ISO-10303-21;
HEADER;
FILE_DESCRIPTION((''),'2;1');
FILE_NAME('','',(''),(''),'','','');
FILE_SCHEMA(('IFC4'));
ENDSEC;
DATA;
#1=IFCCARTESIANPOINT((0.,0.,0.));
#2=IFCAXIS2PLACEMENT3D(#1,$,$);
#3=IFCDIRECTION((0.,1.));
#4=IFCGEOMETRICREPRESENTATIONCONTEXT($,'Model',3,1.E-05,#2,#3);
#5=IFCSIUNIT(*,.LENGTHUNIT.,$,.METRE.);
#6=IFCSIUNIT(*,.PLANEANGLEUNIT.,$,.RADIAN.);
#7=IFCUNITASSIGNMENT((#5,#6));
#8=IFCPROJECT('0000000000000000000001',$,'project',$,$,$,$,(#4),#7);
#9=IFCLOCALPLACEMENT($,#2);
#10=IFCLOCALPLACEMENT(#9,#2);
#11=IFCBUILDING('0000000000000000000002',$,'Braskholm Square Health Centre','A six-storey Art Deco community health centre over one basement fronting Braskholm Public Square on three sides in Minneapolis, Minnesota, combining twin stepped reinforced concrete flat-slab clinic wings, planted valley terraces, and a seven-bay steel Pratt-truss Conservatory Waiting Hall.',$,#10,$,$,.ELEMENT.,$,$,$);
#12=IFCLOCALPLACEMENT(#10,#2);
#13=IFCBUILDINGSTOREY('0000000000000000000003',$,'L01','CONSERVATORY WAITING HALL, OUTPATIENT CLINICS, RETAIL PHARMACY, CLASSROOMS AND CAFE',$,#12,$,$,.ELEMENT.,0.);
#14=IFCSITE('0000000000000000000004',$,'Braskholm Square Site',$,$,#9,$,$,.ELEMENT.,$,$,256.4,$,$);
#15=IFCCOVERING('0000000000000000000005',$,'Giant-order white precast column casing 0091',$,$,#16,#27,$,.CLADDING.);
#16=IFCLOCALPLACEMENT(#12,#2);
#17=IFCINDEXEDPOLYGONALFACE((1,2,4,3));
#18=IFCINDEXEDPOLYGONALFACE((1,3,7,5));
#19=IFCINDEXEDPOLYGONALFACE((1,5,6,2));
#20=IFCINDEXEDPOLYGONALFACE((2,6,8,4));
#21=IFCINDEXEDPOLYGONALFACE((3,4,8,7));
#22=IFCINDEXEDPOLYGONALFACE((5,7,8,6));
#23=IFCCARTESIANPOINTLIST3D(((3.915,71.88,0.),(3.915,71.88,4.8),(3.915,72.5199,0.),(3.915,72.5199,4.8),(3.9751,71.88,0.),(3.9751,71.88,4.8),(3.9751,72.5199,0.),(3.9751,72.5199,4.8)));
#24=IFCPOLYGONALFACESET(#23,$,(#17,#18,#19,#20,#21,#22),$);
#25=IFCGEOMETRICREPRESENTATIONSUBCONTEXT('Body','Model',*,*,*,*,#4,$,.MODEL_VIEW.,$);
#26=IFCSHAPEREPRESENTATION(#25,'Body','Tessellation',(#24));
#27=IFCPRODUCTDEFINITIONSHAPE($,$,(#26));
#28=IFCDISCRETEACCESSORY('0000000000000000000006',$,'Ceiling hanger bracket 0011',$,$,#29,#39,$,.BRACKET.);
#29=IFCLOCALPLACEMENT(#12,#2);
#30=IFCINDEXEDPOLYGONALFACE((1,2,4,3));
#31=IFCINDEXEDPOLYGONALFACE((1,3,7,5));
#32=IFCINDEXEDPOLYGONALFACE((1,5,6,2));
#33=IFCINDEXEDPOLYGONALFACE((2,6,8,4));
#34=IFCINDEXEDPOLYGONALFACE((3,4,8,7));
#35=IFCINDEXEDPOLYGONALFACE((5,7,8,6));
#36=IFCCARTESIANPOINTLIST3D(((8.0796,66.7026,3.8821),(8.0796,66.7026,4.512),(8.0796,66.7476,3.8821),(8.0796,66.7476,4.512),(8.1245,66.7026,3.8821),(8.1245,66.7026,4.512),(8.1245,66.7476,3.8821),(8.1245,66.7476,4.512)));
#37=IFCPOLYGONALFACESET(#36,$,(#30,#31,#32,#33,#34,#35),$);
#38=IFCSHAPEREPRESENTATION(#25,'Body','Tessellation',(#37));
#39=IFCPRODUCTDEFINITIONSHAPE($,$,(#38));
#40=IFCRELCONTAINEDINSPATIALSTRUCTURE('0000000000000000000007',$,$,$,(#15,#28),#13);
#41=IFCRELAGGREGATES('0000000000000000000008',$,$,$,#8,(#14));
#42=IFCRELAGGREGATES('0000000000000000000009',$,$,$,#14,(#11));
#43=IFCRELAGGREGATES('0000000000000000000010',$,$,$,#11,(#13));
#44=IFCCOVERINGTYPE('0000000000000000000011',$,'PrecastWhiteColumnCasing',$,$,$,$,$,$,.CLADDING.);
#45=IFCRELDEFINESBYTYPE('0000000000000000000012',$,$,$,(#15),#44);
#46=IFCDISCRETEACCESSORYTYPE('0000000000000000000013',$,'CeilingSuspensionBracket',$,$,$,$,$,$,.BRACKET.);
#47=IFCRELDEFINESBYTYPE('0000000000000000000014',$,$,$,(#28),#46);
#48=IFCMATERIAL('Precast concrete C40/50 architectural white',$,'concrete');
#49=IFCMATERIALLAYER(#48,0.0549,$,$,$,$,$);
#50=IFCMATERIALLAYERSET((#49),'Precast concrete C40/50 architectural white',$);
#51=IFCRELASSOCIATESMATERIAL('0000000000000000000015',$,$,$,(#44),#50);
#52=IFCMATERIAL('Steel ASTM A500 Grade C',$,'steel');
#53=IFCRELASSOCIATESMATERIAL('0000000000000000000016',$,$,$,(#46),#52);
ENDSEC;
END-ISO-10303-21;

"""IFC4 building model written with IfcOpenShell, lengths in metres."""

from ifc_helpers import new_model, si_unit, direction, frame, origin, origin_2d, place, context, subcontext, project, spatial, rectangle, extrude, material, layer, layer_set, type_object, element, save


model = new_model("IFC4")

# Units and contexts
model_context = context("Model", 3, precision=1e-05, world=origin(), true_north=direction((0.0, 1.0)))
body_context = subcontext(model_context, "Body", "Model", "MODEL_VIEW")
ifc_project = project(units=[si_unit("LENGTHUNIT", "METRE"), si_unit("PLANEANGLEUNIT", "RADIAN")], contexts=[model_context])

# Site, building, storey
site_placement = place(None, origin())
site = spatial("IfcSite", under=ifc_project, at=site_placement, Name="Braskholm Square Site", CompositionType="ELEMENT", RefElevation=256.4)
building_placement = place(site_placement, origin())
building = spatial("IfcBuilding", under=site, at=building_placement, Name="Braskholm Square Health Centre", Description="A six-storey Art Deco community health centre over one basement fronting Braskholm Public Square on three sides in Minneapolis, Minnesota, combining twin stepped reinforced concrete flat-slab clinic wings, planted valley terraces, and a seven-bay steel Pratt-truss Conservatory Waiting Hall.", CompositionType="ELEMENT")
storey_placement = place(building_placement, origin())
storey = spatial("IfcBuildingStorey", under=building, at=storey_placement, Name="L01", Description="CONSERVATORY WAITING HALL, OUTPATIENT CLINICS, RETAIL PHARMACY, CLASSROOMS AND CAFE", CompositionType="ELEMENT", Elevation=0.0)

# Shared definitions
ifc_material_1 = material(Name="Precast concrete C40/50 architectural white", Category="concrete")

# Covering
ifc_layer_1 = layer(ifc_material_1, 0.0549)
ifc_layer_set_1 = layer_set([ifc_layer_1], Name="Precast concrete C40/50 architectural white")
covering_type_1 = type_object("IfcCoveringType", Name="PrecastWhiteColumnCasing", PredefinedType="CLADDING", material=ifc_layer_set_1)
covering_1_placement = place(storey_placement, frame((3.9451, 72.2, 0.0), z_axis=(0.0, 0.0, 1.0), x_axis=(1.0, 0.0, 0.0)))
element("IfcCovering", 1, at=covering_1_placement, inside=storey, type_object=covering_type_1, Name="Giant-order white precast column casing 0091", PredefinedType="CLADDING", context=body_context, shape_type="SweptSolid", body=[
    extrude(rectangle(XDim=0.0601, YDim=0.6399, at=origin_2d()), origin(), (0.0, 0.0, 1.0), 4.8),
])

# Discrete accessory
ifc_material_2 = material(Name="Steel ASTM A500 Grade C", Category="steel")
discrete_accessory_type = type_object("IfcDiscreteAccessoryType", Name="CeilingSuspensionBracket", PredefinedType="BRACKET", material=ifc_material_2)
discrete_accessory_placement = place(storey_placement, frame((8.1021, 66.7251, 3.8821), z_axis=(0.0, 0.0, 1.0), x_axis=(1.0, 0.0, 0.0)))
element("IfcDiscreteAccessory", 2, at=discrete_accessory_placement, inside=storey, type_object=discrete_accessory_type, Name="Ceiling hanger bracket 0011", PredefinedType="BRACKET", context=body_context, shape_type="SweptSolid", body=[
    extrude(rectangle(XDim=0.0449, YDim=0.0449, at=origin_2d()), origin(), (0.0, 0.0, 1.0), 0.6299),
])

save(model, "model.ifc")
